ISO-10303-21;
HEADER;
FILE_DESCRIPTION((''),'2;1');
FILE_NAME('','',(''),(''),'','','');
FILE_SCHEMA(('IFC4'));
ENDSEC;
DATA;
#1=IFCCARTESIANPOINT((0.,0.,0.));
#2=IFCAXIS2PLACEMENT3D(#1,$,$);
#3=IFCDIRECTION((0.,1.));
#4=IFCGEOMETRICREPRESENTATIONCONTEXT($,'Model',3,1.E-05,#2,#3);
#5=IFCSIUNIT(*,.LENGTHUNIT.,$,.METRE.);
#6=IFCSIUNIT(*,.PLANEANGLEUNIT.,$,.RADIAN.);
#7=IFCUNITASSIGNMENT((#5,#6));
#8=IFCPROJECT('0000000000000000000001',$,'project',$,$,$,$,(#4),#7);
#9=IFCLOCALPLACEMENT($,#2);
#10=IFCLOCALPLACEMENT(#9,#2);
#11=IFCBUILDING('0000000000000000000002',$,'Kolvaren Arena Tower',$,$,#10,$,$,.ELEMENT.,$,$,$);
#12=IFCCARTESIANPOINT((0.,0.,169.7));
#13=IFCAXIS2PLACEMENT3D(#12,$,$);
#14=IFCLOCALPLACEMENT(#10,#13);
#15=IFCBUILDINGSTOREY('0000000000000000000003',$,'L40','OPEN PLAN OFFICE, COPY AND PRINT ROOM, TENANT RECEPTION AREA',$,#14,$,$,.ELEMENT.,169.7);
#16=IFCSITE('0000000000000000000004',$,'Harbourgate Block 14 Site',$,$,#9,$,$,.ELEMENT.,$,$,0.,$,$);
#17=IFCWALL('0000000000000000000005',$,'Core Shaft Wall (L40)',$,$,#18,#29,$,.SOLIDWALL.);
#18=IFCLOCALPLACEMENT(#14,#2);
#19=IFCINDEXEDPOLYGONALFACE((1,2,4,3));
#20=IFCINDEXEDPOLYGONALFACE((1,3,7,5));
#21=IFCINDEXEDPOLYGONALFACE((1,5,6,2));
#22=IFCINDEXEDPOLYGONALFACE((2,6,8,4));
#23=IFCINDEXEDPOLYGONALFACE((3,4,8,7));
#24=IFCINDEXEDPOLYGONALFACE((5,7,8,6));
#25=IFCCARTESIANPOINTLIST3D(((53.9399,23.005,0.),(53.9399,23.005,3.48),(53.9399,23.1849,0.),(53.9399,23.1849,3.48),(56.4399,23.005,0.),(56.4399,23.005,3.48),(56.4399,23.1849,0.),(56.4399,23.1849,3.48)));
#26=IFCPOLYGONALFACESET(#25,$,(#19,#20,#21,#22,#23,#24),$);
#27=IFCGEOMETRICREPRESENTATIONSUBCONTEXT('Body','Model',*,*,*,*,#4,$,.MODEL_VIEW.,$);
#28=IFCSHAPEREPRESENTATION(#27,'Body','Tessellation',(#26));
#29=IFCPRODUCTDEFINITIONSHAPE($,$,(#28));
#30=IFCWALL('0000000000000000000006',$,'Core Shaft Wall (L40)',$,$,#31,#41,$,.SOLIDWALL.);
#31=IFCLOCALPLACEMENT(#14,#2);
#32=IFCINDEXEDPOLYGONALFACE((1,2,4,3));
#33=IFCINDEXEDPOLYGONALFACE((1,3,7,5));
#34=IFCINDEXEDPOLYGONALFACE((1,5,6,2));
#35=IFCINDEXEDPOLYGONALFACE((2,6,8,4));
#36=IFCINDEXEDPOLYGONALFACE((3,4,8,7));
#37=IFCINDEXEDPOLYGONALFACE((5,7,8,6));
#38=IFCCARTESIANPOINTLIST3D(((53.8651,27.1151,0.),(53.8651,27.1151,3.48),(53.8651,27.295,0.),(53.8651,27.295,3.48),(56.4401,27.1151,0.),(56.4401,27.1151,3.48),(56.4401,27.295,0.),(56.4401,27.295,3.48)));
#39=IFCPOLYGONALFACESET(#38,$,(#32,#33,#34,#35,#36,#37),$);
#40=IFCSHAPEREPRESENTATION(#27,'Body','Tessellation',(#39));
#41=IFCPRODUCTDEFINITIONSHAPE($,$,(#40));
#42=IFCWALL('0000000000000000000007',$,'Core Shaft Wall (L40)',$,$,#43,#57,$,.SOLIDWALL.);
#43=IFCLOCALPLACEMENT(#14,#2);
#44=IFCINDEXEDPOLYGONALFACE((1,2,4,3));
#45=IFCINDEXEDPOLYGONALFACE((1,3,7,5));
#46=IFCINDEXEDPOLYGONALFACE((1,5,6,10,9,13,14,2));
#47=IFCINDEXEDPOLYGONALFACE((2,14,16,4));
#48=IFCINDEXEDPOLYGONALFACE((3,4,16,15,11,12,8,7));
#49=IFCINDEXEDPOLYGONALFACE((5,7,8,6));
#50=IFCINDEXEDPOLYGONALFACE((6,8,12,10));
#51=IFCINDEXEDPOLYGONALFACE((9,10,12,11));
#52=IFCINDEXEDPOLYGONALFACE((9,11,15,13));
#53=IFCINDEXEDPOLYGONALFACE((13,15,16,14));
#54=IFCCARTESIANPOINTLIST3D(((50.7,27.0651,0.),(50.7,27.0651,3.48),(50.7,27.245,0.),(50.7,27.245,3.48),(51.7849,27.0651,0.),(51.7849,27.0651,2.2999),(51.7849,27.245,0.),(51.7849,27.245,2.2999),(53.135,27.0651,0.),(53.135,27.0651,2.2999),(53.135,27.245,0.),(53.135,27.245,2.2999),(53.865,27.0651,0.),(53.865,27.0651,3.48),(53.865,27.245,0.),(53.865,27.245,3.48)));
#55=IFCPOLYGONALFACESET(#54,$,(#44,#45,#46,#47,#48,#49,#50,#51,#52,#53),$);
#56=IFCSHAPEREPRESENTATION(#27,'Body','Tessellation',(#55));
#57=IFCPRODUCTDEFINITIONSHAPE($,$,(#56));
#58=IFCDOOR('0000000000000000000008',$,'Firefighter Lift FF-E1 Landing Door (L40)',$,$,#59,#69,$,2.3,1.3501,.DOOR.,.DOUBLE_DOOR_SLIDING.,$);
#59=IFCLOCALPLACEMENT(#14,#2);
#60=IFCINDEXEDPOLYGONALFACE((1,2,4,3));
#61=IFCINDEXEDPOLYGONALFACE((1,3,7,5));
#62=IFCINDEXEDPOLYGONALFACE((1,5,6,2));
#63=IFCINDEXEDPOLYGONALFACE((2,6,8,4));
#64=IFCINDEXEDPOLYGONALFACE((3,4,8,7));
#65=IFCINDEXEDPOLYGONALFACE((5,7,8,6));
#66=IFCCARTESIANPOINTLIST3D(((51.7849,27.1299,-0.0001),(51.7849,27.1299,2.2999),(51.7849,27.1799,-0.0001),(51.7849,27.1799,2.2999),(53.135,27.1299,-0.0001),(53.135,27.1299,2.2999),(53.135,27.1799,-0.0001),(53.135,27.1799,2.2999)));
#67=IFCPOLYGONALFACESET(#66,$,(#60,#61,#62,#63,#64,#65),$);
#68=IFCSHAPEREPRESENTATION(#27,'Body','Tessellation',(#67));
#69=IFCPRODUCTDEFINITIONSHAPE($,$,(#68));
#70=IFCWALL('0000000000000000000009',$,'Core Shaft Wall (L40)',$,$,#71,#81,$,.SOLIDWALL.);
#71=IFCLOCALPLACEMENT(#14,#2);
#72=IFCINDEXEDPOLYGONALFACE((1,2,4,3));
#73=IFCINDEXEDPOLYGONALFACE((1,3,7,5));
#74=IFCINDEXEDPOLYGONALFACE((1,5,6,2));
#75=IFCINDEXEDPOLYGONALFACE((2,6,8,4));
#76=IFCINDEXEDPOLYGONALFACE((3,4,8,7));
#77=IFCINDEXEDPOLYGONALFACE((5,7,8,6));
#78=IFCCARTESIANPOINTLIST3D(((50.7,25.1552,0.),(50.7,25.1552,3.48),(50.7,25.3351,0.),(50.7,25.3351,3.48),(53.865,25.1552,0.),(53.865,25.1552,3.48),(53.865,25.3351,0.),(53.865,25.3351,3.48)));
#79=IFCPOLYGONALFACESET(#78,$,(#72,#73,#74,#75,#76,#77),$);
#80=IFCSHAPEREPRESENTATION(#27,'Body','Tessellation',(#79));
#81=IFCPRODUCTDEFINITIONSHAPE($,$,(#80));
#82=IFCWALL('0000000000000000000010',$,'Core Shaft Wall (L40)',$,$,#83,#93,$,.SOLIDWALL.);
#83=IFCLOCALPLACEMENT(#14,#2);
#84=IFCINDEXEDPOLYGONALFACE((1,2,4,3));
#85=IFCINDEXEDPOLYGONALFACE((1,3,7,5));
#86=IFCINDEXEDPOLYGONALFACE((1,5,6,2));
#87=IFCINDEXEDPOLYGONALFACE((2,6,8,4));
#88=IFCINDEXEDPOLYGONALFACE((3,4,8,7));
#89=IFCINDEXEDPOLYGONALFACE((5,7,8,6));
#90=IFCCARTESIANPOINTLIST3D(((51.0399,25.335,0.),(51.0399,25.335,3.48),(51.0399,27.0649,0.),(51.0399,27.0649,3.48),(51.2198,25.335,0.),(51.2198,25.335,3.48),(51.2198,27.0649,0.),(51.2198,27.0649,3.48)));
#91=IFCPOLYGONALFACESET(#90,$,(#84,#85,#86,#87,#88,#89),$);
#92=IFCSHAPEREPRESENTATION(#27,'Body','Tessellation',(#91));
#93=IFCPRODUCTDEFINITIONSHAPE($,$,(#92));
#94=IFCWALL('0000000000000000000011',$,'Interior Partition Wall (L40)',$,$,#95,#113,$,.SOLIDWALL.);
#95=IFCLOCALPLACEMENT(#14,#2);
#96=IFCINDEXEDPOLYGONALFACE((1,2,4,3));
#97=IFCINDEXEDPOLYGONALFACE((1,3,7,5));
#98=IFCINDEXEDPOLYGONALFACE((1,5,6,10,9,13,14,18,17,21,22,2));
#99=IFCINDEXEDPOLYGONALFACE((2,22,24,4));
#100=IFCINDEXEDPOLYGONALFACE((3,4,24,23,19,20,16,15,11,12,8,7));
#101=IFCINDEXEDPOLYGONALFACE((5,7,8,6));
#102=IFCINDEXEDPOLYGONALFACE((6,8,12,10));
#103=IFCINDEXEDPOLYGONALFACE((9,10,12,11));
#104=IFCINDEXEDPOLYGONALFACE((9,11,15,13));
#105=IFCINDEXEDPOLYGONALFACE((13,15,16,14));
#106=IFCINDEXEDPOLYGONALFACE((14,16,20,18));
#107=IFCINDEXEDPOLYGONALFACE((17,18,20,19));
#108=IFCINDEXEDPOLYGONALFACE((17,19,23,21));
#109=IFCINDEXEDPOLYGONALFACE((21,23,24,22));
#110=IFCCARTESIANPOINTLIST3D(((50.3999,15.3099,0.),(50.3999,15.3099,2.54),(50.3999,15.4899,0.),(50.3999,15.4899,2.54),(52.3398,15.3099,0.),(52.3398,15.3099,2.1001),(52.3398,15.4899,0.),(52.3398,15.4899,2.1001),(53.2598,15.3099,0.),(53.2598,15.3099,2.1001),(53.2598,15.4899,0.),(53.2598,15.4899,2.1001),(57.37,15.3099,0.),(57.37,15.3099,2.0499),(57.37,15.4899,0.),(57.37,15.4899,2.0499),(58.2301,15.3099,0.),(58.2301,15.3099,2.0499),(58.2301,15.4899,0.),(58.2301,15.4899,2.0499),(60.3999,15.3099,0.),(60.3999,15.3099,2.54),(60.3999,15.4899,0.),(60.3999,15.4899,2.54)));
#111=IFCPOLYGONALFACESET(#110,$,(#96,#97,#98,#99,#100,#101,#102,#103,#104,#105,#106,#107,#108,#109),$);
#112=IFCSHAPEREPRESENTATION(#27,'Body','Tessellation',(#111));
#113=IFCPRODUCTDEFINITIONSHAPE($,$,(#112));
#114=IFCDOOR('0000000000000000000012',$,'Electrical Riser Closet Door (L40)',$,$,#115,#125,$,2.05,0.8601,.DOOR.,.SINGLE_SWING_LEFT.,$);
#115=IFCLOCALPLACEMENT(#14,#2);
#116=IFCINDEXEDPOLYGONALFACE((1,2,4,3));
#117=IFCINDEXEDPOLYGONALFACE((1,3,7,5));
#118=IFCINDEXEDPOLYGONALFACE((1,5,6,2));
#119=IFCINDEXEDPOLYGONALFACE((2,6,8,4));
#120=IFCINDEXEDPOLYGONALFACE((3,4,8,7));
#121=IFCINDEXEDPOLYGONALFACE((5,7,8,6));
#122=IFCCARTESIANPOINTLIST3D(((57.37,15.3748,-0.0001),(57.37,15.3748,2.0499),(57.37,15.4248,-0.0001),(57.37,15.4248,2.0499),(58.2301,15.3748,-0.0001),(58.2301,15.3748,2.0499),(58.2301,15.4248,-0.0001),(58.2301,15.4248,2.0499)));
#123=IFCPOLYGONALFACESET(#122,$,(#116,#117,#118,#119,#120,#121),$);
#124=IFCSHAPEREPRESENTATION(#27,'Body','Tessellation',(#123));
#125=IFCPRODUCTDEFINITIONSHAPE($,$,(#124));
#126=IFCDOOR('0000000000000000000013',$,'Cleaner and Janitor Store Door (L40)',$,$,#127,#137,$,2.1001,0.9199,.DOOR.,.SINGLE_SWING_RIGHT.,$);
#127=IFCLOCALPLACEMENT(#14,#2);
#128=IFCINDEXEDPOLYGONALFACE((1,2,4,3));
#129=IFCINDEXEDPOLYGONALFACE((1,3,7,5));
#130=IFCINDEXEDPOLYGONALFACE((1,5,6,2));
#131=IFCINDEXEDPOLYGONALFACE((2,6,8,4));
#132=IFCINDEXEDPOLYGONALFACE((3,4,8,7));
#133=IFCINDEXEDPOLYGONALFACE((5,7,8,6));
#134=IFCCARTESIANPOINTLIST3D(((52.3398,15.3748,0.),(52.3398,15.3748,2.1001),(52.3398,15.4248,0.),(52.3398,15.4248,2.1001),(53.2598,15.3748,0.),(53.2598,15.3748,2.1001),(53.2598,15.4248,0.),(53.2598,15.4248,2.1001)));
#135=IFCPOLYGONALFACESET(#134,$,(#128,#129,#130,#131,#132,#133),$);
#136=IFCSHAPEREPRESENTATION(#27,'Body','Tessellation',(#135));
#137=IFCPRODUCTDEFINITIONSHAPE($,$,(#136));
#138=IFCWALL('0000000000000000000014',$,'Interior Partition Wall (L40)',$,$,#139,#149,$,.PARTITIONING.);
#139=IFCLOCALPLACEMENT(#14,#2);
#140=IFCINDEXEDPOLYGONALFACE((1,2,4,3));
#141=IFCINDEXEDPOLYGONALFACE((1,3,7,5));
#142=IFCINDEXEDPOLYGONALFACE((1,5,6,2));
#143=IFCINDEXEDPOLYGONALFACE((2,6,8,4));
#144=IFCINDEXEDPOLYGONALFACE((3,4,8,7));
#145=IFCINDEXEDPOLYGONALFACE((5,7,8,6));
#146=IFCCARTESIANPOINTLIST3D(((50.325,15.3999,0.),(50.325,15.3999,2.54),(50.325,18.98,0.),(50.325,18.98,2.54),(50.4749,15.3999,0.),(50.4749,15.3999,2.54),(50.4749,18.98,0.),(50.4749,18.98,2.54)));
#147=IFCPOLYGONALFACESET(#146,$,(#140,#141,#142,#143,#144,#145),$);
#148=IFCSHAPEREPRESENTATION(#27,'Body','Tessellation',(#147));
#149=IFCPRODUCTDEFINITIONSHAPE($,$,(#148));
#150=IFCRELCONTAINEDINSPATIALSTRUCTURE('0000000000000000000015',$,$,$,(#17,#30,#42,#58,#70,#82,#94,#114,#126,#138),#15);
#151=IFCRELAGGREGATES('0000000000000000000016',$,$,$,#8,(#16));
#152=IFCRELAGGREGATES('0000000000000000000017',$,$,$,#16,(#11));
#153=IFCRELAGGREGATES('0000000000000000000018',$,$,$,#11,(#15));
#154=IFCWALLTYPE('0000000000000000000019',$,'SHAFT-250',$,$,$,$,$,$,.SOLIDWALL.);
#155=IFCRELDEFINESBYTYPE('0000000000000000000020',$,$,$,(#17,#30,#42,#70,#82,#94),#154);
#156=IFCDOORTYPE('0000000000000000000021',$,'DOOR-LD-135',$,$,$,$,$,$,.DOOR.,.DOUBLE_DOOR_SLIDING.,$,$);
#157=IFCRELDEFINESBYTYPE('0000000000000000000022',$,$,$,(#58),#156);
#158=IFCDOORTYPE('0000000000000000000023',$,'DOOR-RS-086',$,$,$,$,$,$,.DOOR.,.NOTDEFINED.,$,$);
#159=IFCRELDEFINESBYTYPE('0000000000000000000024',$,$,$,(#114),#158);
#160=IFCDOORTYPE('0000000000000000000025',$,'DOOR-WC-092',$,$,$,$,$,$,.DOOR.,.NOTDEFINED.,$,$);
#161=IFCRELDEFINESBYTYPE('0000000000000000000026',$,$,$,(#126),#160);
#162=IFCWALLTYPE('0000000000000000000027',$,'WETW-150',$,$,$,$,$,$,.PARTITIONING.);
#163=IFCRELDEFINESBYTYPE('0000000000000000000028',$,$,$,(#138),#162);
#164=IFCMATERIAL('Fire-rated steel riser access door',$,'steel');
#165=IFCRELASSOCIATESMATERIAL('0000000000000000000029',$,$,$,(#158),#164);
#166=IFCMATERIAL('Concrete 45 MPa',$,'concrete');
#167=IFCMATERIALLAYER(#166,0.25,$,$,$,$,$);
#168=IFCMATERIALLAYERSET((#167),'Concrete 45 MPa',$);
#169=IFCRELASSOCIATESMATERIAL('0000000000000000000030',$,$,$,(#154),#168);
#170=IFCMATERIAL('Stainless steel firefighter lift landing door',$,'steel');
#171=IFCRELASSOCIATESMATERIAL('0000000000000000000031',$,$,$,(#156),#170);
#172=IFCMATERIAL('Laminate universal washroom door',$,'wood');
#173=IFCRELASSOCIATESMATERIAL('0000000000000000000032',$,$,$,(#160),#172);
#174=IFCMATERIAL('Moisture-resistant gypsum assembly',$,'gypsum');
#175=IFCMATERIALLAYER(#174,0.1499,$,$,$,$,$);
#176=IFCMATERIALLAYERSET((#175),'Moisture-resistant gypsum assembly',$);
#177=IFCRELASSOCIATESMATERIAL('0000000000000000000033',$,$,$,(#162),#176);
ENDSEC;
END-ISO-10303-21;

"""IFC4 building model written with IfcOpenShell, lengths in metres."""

from ifc_helpers import new_model, si_unit, direction, frame, frame_2d, origin, place, context, subcontext, project, spatial, rectangle, extrude, material, layer, layer_set, type_object, element, fill, save


model = new_model("IFC4")

# Units and contexts
model_context = context("Model", 3, precision=1e-05, world=origin(), true_north=direction((0.0, 1.0)))
body_context = subcontext(model_context, "Body", "Model", "MODEL_VIEW")
ifc_project = project(units=[si_unit("LENGTHUNIT", "METRE"), si_unit("PLANEANGLEUNIT", "RADIAN")], contexts=[model_context])

# Site, building, storey
site_placement = place(None, origin())
site = spatial("IfcSite", under=ifc_project, at=site_placement, Name="Harbourgate Block 14 Site", CompositionType="ELEMENT", RefElevation=0.0)
building_placement = place(site_placement, origin())
building = spatial("IfcBuilding", under=site, at=building_placement, Name="Kolvaren Arena Tower", CompositionType="ELEMENT")
storey_placement = place(building_placement, frame((0.0, 0.0, 169.7)))
storey = spatial("IfcBuildingStorey", under=building, at=storey_placement, Name="L40", Description="OPEN PLAN OFFICE, COPY AND PRINT ROOM, TENANT RECEPTION AREA", CompositionType="ELEMENT", Elevation=169.7)

# Shared definitions
ifc_material_1 = material(Name="Fire-rated steel riser access door", Category="steel")
door_type_1 = type_object("IfcDoorType", Name="DOOR-RS-086", OperationType="NOTDEFINED", PredefinedType="DOOR", material=ifc_material_1)

# Walls
ifc_material_2 = material(Name="Concrete 45 MPa", Category="concrete")
ifc_layer_1 = layer(ifc_material_2, 0.25)
ifc_layer_set_1 = layer_set([ifc_layer_1], Name="Concrete 45 MPa")
wall_type_1 = type_object("IfcWallType", Name="SHAFT-250", PredefinedType="SOLIDWALL", material=ifc_layer_set_1)
wall_1_placement = place(storey_placement, frame((53.9399, 23.095, 0.0), z_axis=(0.0, 0.0, 1.0), x_axis=(1.0, 0.0, 0.0)))
element("IfcWall", 1, at=wall_1_placement, inside=storey, type_object=wall_type_1, Name="Core Shaft Wall (L40)", PredefinedType="SOLIDWALL", context=body_context, shape_type="SweptSolid", body=[
    extrude(rectangle(XDim=2.5, YDim=0.1799, at=frame_2d((1.25, 0.0))), origin(), (0.0, 0.0, 1.0), 3.48),
])
wall_2_placement = place(storey_placement, frame((53.865, 27.2051, 0.0), z_axis=(0.0, 0.0, 1.0), x_axis=(1.0, 0.0, 0.0)))
element("IfcWall", 2, at=wall_2_placement, inside=storey, type_object=wall_type_1, Name="Core Shaft Wall (L40)", PredefinedType="SOLIDWALL", context=body_context, shape_type="SweptSolid", body=[
    extrude(rectangle(XDim=2.575, YDim=0.1799, at=frame_2d((1.2876, 0.0))), origin(), (0.0, 0.0, 1.0), 3.48),
])

# Wall, opening, door
wall_3_placement = place(storey_placement, frame((50.7, 27.155, 0.0), z_axis=(0.0, 0.0, 1.0), x_axis=(1.0, 0.0, 0.0)))
wall_3 = element("IfcWall", 3, at=wall_3_placement, inside=storey, type_object=wall_type_1, Name="Core Shaft Wall (L40)", PredefinedType="SOLIDWALL", context=body_context, shape_type="SweptSolid", body=[
    extrude(rectangle(XDim=3.165, YDim=0.1799, at=frame_2d((1.5825, 0.0))), origin(), (0.0, 0.0, 1.0), 3.48),
])
opening_1_placement = place(wall_3_placement, frame((1.085, 0.0, 0.0)))
opening_1 = element("IfcOpeningElement", 4, at=opening_1_placement, cuts=wall_3, PredefinedType="OPENING", context=body_context, shape_type="SweptSolid", body=[
    extrude(rectangle(XDim=1.3501, YDim=2.3, at=frame_2d((0.675, 1.1499))), frame((0.0, 0.0999, 0.0), z_axis=(0.0, -1.0, 0.0), x_axis=(1.0, 0.0, 0.0)), (0.0, 0.0, 1.0), 0.2),
])
ifc_material_3 = material(Name="Stainless steel firefighter lift landing door", Category="steel")
door_type_2 = type_object("IfcDoorType", Name="DOOR-LD-135", OperationType="DOUBLE_DOOR_SLIDING", PredefinedType="DOOR", material=ifc_material_3)
door_1_placement = place(opening_1_placement, origin())
door_1 = element("IfcDoor", 5, at=door_1_placement, inside=storey, type_object=door_type_2, Name="Firefighter Lift FF-E1 Landing Door (L40)", OperationType="DOUBLE_DOOR_SLIDING", OverallHeight=2.3, OverallWidth=1.3501, PredefinedType="DOOR", context=body_context, shape_type="SweptSolid", body=[
    extrude(rectangle(XDim=1.3501, YDim=2.3, at=frame_2d((0.675, 1.1499))), frame((0.0, 0.0249, 0.0), z_axis=(0.0, -1.0, 0.0), x_axis=(1.0, 0.0, 0.0)), (0.0, 0.0, 1.0), 0.05),
])
fill(opening_1, door_1)

# Walls
wall_4_placement = place(storey_placement, frame((50.7, 25.2451, 0.0), z_axis=(0.0, 0.0, 1.0), x_axis=(1.0, 0.0, 0.0)))
element("IfcWall", 6, at=wall_4_placement, inside=storey, type_object=wall_type_1, Name="Core Shaft Wall (L40)", PredefinedType="SOLIDWALL", context=body_context, shape_type="SweptSolid", body=[
    extrude(rectangle(XDim=3.165, YDim=0.1799, at=frame_2d((1.5825, 0.0))), origin(), (0.0, 0.0, 1.0), 3.48),
])
wall_5_placement = place(storey_placement, frame((51.1299, 25.335, 0.0), z_axis=(0.0, 0.0, 1.0), x_axis=(0.0, 1.0, 0.0)))
element("IfcWall", 7, at=wall_5_placement, inside=storey, type_object=wall_type_1, Name="Core Shaft Wall (L40)", PredefinedType="SOLIDWALL", context=body_context, shape_type="SweptSolid", body=[
    extrude(rectangle(XDim=1.73, YDim=0.1799, at=frame_2d((0.865, 0.0))), origin(), (0.0, 0.0, 1.0), 3.48),
])

# Wall, openings, doors
wall_6_placement = place(storey_placement, frame((50.3999, 15.3999, 0.0), z_axis=(0.0, 0.0, 1.0), x_axis=(1.0, 0.0, 0.0)))
wall_6 = element("IfcWall", 8, at=wall_6_placement, inside=storey, type_object=wall_type_1, Name="Interior Partition Wall (L40)", PredefinedType="SOLIDWALL", context=body_context, shape_type="SweptSolid", body=[
    extrude(rectangle(XDim=10.0, YDim=0.1799, at=frame_2d((5.0, 0.0))), origin(), (0.0, 0.0, 1.0), 2.54),
])
opening_2_placement = place(wall_6_placement, frame((1.9399, 0.0, 0.0)))
opening_2 = element("IfcOpeningElement", 9, at=opening_2_placement, cuts=wall_6, PredefinedType="OPENING", context=body_context, shape_type="SweptSolid", body=[
    extrude(rectangle(XDim=0.9199, YDim=2.1001, at=frame_2d((0.46, 1.05))), frame((0.0, 0.0999, 0.0), z_axis=(0.0, -1.0, 0.0), x_axis=(1.0, 0.0, 0.0)), (0.0, 0.0, 1.0), 0.2),
])
opening_3_placement = place(wall_6_placement, frame((6.97, 0.0, 0.0)))
opening_3 = element("IfcOpeningElement", 10, at=opening_3_placement, cuts=wall_6, PredefinedType="OPENING", context=body_context, shape_type="SweptSolid", body=[
    extrude(rectangle(XDim=0.8601, YDim=2.05, at=frame_2d((0.4302, 1.0249))), frame((0.0, 0.0999, 0.0), z_axis=(0.0, -1.0, 0.0), x_axis=(1.0, 0.0, 0.0)), (0.0, 0.0, 1.0), 0.2),
])
door_2_placement = place(opening_3_placement, origin())
door_2 = element("IfcDoor", 11, at=door_2_placement, inside=storey, type_object=door_type_1, Name="Electrical Riser Closet Door (L40)", OperationType="SINGLE_SWING_LEFT", OverallHeight=2.05, OverallWidth=0.8601, PredefinedType="DOOR", context=body_context, shape_type="SweptSolid", body=[
    extrude(rectangle(XDim=0.8601, YDim=2.05, at=frame_2d((0.4302, 1.0249))), frame((0.0, 0.0249, 0.0), z_axis=(0.0, -1.0, 0.0), x_axis=(1.0, 0.0, 0.0)), (0.0, 0.0, 1.0), 0.05),
])
fill(opening_3, door_2)
ifc_material_4 = material(Name="Laminate universal washroom door", Category="wood")
door_type_3 = type_object("IfcDoorType", Name="DOOR-WC-092", OperationType="NOTDEFINED", PredefinedType="DOOR", material=ifc_material_4)
door_3_placement = place(opening_2_placement, origin())
door_3 = element("IfcDoor", 12, at=door_3_placement, inside=storey, type_object=door_type_3, Name="Cleaner and Janitor Store Door (L40)", OperationType="SINGLE_SWING_RIGHT", OverallHeight=2.1001, OverallWidth=0.9199, PredefinedType="DOOR", context=body_context, shape_type="SweptSolid", body=[
    extrude(rectangle(XDim=0.9199, YDim=2.1001, at=frame_2d((0.46, 1.05))), frame((0.0, 0.0249, 0.0), z_axis=(0.0, -1.0, 0.0), x_axis=(1.0, 0.0, 0.0)), (0.0, 0.0, 1.0), 0.05),
])
fill(opening_2, door_3)

# Wall
ifc_material_5 = material(Name="Moisture-resistant gypsum assembly", Category="gypsum")
ifc_layer_2 = layer(ifc_material_5, 0.1499)
ifc_layer_set_2 = layer_set([ifc_layer_2], Name="Moisture-resistant gypsum assembly")
wall_type_2 = type_object("IfcWallType", Name="WETW-150", PredefinedType="PARTITIONING", material=ifc_layer_set_2)
wall_7_placement = place(storey_placement, frame((50.3999, 15.3999, 0.0), z_axis=(0.0, 0.0, 1.0), x_axis=(0.0, 1.0, 0.0)))
element("IfcWall", 13, at=wall_7_placement, inside=storey, type_object=wall_type_2, Name="Interior Partition Wall (L40)", PredefinedType="PARTITIONING", context=body_context, shape_type="SweptSolid", body=[
    extrude(rectangle(XDim=3.5801, YDim=0.1499, at=frame_2d((1.79, 0.0))), origin(), (0.0, 0.0, 1.0), 2.54),
])

save(model, "model.ifc")
